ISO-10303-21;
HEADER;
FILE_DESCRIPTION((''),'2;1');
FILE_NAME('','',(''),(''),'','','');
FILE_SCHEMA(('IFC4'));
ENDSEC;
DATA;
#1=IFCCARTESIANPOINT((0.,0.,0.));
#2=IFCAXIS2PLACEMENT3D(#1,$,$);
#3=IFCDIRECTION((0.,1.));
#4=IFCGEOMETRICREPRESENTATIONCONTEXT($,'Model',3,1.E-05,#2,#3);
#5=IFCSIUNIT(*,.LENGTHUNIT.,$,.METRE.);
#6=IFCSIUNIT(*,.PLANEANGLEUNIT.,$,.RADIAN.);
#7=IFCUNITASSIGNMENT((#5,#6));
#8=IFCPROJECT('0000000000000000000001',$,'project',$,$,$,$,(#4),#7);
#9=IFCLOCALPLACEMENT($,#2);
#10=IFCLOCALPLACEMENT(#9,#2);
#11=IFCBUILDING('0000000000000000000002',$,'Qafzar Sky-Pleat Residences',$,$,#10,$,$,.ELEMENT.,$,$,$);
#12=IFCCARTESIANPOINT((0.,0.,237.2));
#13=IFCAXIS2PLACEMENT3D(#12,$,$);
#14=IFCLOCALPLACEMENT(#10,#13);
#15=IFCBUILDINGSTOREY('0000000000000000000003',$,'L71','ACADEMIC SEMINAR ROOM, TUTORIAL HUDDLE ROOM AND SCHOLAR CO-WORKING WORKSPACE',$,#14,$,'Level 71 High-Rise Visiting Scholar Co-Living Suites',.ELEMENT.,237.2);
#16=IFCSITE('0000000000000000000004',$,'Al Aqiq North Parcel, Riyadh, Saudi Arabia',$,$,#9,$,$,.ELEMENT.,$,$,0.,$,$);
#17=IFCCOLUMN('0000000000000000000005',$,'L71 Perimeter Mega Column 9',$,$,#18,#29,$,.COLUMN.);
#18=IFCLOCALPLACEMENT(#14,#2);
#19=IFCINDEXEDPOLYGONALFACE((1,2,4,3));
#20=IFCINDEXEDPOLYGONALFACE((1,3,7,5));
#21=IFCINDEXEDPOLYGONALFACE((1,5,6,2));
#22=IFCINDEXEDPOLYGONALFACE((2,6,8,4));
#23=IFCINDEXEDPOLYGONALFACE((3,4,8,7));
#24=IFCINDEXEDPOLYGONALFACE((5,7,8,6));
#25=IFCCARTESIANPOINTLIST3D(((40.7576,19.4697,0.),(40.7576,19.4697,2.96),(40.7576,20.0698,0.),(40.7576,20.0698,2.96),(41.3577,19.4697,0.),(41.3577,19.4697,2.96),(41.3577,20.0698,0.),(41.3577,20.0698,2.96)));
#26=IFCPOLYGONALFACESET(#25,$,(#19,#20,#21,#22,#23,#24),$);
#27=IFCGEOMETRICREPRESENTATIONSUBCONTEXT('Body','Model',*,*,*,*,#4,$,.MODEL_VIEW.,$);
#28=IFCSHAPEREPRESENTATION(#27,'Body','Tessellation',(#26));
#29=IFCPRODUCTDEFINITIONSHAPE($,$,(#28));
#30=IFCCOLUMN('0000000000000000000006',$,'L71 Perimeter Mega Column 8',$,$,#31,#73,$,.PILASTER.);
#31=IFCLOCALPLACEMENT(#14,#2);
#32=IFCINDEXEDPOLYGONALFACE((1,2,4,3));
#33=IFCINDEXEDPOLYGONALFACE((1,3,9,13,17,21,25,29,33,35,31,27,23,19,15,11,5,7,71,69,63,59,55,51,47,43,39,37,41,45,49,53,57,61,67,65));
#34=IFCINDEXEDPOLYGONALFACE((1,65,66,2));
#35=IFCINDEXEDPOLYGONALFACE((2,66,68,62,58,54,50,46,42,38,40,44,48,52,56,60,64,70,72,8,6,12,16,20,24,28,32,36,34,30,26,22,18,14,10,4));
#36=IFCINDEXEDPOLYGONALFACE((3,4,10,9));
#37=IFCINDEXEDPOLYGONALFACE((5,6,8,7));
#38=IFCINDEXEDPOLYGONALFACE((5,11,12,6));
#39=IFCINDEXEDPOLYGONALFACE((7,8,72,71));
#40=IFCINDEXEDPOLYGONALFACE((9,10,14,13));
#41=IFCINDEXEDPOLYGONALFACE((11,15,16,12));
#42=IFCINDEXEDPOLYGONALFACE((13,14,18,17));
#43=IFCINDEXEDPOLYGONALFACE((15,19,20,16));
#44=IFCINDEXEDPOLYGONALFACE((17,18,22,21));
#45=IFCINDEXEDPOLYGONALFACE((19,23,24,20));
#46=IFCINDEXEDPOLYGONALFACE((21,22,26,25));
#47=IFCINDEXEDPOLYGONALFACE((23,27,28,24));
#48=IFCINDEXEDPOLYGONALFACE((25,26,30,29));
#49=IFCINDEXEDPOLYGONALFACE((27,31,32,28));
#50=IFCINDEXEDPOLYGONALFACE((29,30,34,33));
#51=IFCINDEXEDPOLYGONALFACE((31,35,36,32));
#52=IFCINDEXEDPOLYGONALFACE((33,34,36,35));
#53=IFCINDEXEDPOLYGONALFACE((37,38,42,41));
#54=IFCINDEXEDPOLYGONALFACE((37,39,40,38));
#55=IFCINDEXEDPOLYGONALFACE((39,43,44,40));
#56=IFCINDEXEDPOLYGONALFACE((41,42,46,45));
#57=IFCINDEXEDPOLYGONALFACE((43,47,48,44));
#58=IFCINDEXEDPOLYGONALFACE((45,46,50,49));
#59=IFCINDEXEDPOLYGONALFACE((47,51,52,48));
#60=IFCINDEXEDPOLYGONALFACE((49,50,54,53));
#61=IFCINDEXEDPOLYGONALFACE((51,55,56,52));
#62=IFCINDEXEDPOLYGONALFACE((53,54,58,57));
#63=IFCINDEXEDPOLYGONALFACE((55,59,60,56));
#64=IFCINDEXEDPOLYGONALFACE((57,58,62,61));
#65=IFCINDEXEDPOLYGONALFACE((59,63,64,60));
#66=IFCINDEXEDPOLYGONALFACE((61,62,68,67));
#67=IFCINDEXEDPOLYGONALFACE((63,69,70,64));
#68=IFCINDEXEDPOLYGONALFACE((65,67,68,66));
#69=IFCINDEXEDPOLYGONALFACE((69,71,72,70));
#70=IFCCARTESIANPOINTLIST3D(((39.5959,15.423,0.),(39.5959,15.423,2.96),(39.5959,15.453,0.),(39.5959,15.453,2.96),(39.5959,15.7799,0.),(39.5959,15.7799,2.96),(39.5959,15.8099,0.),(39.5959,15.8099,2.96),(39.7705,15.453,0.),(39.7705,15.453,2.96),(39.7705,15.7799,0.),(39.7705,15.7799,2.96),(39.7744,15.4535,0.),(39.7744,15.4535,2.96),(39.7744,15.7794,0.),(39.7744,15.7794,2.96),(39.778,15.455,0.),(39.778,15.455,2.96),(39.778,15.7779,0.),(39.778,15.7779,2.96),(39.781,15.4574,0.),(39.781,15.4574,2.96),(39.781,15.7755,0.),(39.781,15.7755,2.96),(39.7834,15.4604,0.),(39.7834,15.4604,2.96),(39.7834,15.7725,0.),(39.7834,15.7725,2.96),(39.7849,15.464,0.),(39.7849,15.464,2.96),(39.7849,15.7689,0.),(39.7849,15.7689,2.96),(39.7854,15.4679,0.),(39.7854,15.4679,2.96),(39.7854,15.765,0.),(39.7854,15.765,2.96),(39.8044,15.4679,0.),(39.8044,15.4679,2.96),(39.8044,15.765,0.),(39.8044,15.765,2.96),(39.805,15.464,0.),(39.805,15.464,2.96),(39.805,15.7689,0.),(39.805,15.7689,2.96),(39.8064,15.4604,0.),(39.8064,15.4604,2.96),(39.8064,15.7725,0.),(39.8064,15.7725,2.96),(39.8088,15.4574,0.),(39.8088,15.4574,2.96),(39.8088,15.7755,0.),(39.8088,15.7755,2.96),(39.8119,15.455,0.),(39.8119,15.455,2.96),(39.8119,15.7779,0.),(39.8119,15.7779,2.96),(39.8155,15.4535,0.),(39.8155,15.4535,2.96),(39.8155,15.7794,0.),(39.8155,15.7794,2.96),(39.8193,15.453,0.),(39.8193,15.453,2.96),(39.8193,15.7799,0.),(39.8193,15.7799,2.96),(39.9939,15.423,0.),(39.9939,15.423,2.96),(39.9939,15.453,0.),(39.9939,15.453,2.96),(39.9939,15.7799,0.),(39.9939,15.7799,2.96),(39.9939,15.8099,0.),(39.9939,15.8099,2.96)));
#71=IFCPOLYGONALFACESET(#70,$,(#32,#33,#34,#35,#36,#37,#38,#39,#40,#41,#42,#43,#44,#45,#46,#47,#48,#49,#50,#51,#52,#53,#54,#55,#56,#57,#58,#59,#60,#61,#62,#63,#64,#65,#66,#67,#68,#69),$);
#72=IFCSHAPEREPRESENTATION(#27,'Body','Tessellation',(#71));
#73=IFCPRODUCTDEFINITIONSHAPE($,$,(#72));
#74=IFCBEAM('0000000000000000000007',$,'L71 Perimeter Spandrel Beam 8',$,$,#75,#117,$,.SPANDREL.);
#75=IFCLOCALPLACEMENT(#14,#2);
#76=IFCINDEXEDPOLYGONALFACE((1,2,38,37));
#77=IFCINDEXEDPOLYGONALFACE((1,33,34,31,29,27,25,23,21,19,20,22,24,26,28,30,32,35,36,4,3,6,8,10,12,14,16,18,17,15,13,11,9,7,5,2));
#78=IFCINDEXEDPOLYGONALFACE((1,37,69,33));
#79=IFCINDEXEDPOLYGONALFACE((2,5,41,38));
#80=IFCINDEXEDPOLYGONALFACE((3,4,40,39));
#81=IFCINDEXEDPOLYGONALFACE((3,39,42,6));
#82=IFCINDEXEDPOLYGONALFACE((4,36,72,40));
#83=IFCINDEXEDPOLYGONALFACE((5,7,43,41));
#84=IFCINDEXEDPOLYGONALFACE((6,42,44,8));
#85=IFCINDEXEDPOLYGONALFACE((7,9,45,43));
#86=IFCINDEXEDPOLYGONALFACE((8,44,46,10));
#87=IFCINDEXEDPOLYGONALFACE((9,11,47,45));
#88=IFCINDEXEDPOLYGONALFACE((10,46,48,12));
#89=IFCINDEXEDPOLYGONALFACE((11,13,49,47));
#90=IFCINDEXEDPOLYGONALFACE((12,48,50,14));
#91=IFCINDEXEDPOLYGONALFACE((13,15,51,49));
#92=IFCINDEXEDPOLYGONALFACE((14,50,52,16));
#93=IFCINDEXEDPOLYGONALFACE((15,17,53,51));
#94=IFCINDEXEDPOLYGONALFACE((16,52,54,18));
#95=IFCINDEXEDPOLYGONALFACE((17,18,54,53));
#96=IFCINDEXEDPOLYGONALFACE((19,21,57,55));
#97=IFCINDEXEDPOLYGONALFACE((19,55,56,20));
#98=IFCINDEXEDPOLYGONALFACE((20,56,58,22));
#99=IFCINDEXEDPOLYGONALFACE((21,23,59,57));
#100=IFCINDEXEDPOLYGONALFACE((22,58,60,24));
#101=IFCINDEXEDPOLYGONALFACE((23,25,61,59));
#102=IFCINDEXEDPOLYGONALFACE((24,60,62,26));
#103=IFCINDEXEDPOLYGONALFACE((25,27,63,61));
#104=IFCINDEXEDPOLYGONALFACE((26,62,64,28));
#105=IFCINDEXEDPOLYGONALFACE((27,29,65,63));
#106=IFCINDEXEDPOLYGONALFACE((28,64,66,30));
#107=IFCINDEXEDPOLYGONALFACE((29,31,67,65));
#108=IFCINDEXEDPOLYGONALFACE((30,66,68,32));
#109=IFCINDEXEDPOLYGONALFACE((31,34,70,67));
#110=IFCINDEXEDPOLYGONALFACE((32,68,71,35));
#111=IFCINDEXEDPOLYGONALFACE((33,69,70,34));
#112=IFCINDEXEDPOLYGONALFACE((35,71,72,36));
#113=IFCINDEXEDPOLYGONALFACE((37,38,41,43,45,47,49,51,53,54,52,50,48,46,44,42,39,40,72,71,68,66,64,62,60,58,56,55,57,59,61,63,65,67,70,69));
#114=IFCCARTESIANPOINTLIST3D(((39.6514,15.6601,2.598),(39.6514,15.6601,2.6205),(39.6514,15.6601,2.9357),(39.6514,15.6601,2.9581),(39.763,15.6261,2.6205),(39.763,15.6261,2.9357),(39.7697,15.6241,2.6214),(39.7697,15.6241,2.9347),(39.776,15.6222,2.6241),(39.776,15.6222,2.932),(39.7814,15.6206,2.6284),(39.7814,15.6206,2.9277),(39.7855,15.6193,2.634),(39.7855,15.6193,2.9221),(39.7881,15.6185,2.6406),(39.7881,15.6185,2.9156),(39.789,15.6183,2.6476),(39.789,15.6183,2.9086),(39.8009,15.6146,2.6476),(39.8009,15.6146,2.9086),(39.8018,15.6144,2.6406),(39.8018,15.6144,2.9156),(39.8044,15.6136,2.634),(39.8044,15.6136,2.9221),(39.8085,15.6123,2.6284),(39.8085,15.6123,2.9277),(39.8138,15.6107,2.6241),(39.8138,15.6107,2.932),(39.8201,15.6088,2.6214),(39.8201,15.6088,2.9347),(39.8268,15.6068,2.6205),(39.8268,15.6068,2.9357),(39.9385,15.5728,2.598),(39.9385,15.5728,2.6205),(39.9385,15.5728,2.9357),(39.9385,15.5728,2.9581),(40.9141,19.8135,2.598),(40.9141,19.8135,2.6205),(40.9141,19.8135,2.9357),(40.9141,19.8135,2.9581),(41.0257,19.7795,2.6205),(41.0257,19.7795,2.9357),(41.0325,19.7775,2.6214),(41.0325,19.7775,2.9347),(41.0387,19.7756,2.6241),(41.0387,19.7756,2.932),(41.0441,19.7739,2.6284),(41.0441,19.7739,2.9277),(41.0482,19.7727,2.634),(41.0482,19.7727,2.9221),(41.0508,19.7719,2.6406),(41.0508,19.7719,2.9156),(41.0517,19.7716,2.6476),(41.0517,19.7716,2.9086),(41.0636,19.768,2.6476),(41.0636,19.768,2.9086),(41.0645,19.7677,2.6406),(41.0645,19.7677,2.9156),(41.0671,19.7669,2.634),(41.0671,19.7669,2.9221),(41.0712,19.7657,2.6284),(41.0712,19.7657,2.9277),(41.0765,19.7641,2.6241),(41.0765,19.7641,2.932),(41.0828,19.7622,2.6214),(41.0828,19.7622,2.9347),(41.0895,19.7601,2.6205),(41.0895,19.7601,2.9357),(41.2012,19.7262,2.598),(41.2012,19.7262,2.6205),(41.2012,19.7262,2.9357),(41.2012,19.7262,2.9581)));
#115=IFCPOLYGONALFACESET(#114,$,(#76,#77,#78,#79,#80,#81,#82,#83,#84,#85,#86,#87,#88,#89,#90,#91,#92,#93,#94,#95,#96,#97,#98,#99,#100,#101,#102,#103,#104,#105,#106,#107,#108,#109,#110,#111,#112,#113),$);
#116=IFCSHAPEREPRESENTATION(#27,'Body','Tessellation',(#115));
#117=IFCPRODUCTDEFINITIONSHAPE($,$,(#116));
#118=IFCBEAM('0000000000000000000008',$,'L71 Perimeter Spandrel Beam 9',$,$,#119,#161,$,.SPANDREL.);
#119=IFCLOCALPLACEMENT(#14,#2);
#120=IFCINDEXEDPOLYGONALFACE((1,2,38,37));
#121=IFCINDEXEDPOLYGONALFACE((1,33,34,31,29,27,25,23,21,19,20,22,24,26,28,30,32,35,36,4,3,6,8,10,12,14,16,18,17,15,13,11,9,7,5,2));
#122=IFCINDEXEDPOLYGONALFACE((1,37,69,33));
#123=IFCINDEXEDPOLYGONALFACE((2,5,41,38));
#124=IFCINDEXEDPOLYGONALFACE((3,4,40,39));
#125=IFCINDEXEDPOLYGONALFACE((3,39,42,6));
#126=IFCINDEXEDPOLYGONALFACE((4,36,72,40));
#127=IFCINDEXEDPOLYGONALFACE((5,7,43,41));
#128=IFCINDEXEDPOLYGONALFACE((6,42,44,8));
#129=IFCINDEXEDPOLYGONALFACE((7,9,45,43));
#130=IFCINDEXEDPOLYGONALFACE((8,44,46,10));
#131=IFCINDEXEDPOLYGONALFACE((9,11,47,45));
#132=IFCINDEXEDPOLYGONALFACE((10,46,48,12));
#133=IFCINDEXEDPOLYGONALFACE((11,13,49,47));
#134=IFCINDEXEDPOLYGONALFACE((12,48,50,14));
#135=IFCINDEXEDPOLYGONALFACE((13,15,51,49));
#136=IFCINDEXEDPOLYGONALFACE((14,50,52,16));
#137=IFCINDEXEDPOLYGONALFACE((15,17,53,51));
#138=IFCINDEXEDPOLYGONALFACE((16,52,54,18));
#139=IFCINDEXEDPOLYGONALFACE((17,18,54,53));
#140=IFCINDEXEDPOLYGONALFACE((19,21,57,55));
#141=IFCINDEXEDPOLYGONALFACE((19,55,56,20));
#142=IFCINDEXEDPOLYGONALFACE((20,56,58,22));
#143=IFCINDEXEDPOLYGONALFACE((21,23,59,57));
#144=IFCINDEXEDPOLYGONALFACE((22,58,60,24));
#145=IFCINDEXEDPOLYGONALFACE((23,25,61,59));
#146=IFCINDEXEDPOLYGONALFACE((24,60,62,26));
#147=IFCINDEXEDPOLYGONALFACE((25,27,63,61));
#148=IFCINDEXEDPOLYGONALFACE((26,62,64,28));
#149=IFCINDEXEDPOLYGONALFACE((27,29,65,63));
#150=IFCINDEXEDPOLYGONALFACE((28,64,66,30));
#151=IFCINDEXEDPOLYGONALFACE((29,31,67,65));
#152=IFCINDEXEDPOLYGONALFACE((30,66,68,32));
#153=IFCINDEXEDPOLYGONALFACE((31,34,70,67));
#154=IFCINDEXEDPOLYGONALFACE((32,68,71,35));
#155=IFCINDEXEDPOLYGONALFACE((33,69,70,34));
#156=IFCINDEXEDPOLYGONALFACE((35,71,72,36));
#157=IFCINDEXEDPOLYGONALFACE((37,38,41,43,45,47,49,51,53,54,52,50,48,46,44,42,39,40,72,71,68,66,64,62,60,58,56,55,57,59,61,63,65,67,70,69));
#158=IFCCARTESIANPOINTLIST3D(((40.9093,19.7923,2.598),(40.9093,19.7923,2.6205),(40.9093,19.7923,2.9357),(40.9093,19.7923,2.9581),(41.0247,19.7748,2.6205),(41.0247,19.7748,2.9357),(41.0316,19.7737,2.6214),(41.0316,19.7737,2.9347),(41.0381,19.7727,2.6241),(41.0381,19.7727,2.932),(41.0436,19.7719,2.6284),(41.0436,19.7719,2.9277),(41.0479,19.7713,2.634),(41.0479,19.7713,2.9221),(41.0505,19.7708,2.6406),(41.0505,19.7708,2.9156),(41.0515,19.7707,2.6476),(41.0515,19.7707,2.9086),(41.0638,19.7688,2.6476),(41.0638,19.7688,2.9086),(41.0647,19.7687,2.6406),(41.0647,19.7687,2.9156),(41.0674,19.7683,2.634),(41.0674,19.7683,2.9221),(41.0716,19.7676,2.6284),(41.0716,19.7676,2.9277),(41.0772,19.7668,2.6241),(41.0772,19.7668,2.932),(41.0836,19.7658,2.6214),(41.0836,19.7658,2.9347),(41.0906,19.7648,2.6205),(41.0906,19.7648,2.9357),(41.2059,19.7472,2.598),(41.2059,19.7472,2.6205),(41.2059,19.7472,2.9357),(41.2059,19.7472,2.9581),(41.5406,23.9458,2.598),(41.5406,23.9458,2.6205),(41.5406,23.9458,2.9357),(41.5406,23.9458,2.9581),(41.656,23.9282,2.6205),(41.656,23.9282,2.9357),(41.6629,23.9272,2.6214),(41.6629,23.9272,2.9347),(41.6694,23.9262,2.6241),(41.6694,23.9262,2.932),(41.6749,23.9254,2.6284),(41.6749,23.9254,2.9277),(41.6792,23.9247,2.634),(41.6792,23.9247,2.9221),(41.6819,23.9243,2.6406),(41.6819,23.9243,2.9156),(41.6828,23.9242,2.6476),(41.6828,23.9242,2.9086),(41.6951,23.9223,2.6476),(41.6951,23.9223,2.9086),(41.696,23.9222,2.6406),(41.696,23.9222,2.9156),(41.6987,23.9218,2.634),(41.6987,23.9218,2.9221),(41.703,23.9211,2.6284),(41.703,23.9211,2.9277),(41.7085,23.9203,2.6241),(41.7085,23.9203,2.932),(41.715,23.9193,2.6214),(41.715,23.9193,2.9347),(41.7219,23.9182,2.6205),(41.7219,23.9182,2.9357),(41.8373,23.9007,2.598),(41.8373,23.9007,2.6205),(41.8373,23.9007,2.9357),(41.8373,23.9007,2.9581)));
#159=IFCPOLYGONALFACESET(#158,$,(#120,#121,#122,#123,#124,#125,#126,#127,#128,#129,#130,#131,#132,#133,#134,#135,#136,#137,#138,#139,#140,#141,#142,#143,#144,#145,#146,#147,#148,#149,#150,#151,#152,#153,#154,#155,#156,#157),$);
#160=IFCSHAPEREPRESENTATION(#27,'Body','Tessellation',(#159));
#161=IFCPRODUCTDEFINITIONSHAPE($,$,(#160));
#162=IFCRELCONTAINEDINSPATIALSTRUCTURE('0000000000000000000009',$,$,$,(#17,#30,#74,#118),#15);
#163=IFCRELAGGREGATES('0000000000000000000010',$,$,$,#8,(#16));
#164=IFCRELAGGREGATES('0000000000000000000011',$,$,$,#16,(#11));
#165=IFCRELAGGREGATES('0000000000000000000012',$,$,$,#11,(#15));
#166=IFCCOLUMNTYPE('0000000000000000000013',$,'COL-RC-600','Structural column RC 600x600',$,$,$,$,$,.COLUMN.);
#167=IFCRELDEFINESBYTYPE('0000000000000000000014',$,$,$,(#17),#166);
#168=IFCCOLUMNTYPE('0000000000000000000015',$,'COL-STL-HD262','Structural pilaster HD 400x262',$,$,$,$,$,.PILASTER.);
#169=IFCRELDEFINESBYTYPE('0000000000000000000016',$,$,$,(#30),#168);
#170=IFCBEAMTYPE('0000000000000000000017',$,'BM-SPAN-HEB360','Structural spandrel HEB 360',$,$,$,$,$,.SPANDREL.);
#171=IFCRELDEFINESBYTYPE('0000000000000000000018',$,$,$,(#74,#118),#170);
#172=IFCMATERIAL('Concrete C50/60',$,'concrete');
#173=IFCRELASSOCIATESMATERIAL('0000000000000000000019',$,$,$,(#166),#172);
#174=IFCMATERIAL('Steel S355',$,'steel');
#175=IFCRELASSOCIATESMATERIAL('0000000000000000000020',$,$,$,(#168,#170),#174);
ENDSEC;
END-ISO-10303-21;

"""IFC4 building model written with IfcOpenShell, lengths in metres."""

from ifc_helpers import new_model, si_unit, direction, frame, origin, origin_2d, place, context, subcontext, project, spatial, rectangle, i_section, extrude, source, transform, mapped, material, material_profile, profile_set, type_object, element, save


model = new_model("IFC4")

# Units and contexts
model_context = context("Model", 3, precision=1e-05, world=origin(), true_north=direction((0.0, 1.0)))
body_context = subcontext(model_context, "Body", "Model", "MODEL_VIEW")
ifc_project = project(units=[si_unit("LENGTHUNIT", "METRE"), si_unit("PLANEANGLEUNIT", "RADIAN")], contexts=[model_context])

# Site, building, storey
site_placement = place(None, origin())
site = spatial("IfcSite", under=ifc_project, at=site_placement, Name="Al Aqiq North Parcel, Riyadh, Saudi Arabia", CompositionType="ELEMENT", RefElevation=0.0)
building_placement = place(site_placement, origin())
building = spatial("IfcBuilding", under=site, at=building_placement, Name="Qafzar Sky-Pleat Residences", CompositionType="ELEMENT")
storey_placement = place(building_placement, frame((0.0, 0.0, 237.2)))
storey = spatial("IfcBuildingStorey", under=building, at=storey_placement, Name="L71", Description="ACADEMIC SEMINAR ROOM, TUTORIAL HUDDLE ROOM AND SCHOLAR CO-WORKING WORKSPACE", LongName="Level 71 High-Rise Visiting Scholar Co-Living Suites", CompositionType="ELEMENT", Elevation=237.2)

# Columns
ifc_material_1 = material(Name="Concrete C50/60", Category="concrete")
ifc_material_profile_1 = material_profile(ifc_material_1, rectangle(XDim=0.6001, YDim=0.6001, at=origin_2d()), Name="RC 600x600")
ifc_profile_set_1 = profile_set([ifc_material_profile_1], Name="Concrete C50/60")
column_type_1 = type_object("IfcColumnType", Name="COL-RC-600", Description="Structural column RC 600x600", PredefinedType="COLUMN", material=ifc_profile_set_1)
shared_shape_1 = source(origin(), body_context, "Body", "SweptSolid", [
    extrude(rectangle(XDim=0.6001, YDim=0.6001, at=origin_2d()), origin(), (0.0, 0.0, 1.0), 2.96),
])
column_1_placement = place(storey_placement, frame((41.0576, 19.7698, 0.0), z_axis=(0.0, 0.0, 1.0), x_axis=(1.0, 0.0, 0.0)))
element("IfcColumn", 1, at=column_1_placement, inside=storey, type_object=column_type_1, Name="L71 Perimeter Mega Column 9", PredefinedType="COLUMN", context=body_context, shape_type="MappedRepresentation", body=[
    mapped(shared_shape_1, transform((0.0, 0.0, 0.0), x_axis=(1.0, 0.0, 0.0), y_axis=(0.0, 1.0, 0.0), z_axis=(0.0, 0.0, 1.0), scale=1.0)),
])
ifc_material_2 = material(Name="Steel S355", Category="steel")
ifc_material_profile_2 = material_profile(ifc_material_2, i_section(OverallWidth=0.3979, OverallDepth=0.387, WebThickness=0.019, FlangeThickness=0.03, FilletRadius=0.0149, at=origin_2d()), Name="HD 400x262")
ifc_profile_set_2 = profile_set([ifc_material_profile_2], Name="Steel S355")
column_type_2 = type_object("IfcColumnType", Name="COL-STL-HD262", Description="Structural pilaster HD 400x262", PredefinedType="PILASTER", material=ifc_profile_set_2)
shared_shape_2 = source(origin(), body_context, "Body", "SweptSolid", [
    extrude(i_section(OverallWidth=0.3979, OverallDepth=0.387, WebThickness=0.019, FlangeThickness=0.03, FilletRadius=0.0149, at=origin_2d()), origin(), (0.0, 0.0, 1.0), 2.96),
])
column_2_placement = place(storey_placement, frame((39.7949, 15.6165, 0.0), z_axis=(0.0, 0.0, 1.0), x_axis=(1.0, 0.0, 0.0)))
element("IfcColumn", 2, at=column_2_placement, inside=storey, type_object=column_type_2, Name="L71 Perimeter Mega Column 8", PredefinedType="PILASTER", context=body_context, shape_type="MappedRepresentation", body=[
    mapped(shared_shape_2, transform((0.0, 0.0, 0.0), x_axis=(1.0, 0.0, 0.0), y_axis=(0.0, 1.0, 0.0), z_axis=(0.0, 0.0, 1.0), scale=1.0)),
])

# Beams
ifc_material_profile_3 = material_profile(ifc_material_2, i_section(OverallWidth=0.3, OverallDepth=0.3601, WebThickness=0.0125, FlangeThickness=0.0225, FilletRadius=0.0271, at=origin_2d()), Name="HEB 360")
ifc_profile_set_3 = profile_set([ifc_material_profile_3], Name="Steel S355")
beam_type_1 = type_object("IfcBeamType", Name="BM-SPAN-HEB360", Description="Structural spandrel HEB 360", PredefinedType="SPANDREL", material=ifc_profile_set_3)
shared_shape_3 = source(origin(), body_context, "Body", "SweptSolid", [
    extrude(i_section(OverallWidth=0.3, OverallDepth=0.3601, WebThickness=0.0125, FlangeThickness=0.0225, FilletRadius=0.0271, at=origin_2d()), origin(), (0.0, 0.0, 1.0), 4.3411),
])
beam_1_placement = place(storey_placement, frame((39.7949, 15.6165, 2.7781), z_axis=(0.290875, 0.956761, 0.0), x_axis=(-0.956761, 0.290875, 0.0)))
element("IfcBeam", 3, at=beam_1_placement, inside=storey, type_object=beam_type_1, Name="L71 Perimeter Spandrel Beam 8", PredefinedType="SPANDREL", context=body_context, shape_type="MappedRepresentation", body=[
    mapped(shared_shape_3, transform((0.0, 0.0, 0.0), x_axis=(1.0, 0.0, 0.0), y_axis=(0.0, 1.0, 0.0), z_axis=(0.0, 0.0, 1.0), scale=1.0)),
])
shared_shape_4 = source(origin(), body_context, "Body", "SweptSolid", [
    extrude(i_section(OverallWidth=0.3, OverallDepth=0.3601, WebThickness=0.0125, FlangeThickness=0.0225, FilletRadius=0.0271, at=origin_2d()), origin(), (0.0, 0.0, 1.0), 4.2012),
])
beam_2_placement = place(storey_placement, frame((41.0576, 19.7698, 2.7781), z_axis=(0.150275, 0.988644, 0.0), x_axis=(-0.988644, 0.150275, 0.0)))
element("IfcBeam", 4, at=beam_2_placement, inside=storey, type_object=beam_type_1, Name="L71 Perimeter Spandrel Beam 9", PredefinedType="SPANDREL", context=body_context, shape_type="MappedRepresentation", body=[
    mapped(shared_shape_4, transform((0.0, 0.0, 0.0), x_axis=(1.0, 0.0, 0.0), y_axis=(0.0, 1.0, 0.0), z_axis=(0.0, 0.0, 1.0), scale=1.0)),
])

save(model, "model.ifc")
